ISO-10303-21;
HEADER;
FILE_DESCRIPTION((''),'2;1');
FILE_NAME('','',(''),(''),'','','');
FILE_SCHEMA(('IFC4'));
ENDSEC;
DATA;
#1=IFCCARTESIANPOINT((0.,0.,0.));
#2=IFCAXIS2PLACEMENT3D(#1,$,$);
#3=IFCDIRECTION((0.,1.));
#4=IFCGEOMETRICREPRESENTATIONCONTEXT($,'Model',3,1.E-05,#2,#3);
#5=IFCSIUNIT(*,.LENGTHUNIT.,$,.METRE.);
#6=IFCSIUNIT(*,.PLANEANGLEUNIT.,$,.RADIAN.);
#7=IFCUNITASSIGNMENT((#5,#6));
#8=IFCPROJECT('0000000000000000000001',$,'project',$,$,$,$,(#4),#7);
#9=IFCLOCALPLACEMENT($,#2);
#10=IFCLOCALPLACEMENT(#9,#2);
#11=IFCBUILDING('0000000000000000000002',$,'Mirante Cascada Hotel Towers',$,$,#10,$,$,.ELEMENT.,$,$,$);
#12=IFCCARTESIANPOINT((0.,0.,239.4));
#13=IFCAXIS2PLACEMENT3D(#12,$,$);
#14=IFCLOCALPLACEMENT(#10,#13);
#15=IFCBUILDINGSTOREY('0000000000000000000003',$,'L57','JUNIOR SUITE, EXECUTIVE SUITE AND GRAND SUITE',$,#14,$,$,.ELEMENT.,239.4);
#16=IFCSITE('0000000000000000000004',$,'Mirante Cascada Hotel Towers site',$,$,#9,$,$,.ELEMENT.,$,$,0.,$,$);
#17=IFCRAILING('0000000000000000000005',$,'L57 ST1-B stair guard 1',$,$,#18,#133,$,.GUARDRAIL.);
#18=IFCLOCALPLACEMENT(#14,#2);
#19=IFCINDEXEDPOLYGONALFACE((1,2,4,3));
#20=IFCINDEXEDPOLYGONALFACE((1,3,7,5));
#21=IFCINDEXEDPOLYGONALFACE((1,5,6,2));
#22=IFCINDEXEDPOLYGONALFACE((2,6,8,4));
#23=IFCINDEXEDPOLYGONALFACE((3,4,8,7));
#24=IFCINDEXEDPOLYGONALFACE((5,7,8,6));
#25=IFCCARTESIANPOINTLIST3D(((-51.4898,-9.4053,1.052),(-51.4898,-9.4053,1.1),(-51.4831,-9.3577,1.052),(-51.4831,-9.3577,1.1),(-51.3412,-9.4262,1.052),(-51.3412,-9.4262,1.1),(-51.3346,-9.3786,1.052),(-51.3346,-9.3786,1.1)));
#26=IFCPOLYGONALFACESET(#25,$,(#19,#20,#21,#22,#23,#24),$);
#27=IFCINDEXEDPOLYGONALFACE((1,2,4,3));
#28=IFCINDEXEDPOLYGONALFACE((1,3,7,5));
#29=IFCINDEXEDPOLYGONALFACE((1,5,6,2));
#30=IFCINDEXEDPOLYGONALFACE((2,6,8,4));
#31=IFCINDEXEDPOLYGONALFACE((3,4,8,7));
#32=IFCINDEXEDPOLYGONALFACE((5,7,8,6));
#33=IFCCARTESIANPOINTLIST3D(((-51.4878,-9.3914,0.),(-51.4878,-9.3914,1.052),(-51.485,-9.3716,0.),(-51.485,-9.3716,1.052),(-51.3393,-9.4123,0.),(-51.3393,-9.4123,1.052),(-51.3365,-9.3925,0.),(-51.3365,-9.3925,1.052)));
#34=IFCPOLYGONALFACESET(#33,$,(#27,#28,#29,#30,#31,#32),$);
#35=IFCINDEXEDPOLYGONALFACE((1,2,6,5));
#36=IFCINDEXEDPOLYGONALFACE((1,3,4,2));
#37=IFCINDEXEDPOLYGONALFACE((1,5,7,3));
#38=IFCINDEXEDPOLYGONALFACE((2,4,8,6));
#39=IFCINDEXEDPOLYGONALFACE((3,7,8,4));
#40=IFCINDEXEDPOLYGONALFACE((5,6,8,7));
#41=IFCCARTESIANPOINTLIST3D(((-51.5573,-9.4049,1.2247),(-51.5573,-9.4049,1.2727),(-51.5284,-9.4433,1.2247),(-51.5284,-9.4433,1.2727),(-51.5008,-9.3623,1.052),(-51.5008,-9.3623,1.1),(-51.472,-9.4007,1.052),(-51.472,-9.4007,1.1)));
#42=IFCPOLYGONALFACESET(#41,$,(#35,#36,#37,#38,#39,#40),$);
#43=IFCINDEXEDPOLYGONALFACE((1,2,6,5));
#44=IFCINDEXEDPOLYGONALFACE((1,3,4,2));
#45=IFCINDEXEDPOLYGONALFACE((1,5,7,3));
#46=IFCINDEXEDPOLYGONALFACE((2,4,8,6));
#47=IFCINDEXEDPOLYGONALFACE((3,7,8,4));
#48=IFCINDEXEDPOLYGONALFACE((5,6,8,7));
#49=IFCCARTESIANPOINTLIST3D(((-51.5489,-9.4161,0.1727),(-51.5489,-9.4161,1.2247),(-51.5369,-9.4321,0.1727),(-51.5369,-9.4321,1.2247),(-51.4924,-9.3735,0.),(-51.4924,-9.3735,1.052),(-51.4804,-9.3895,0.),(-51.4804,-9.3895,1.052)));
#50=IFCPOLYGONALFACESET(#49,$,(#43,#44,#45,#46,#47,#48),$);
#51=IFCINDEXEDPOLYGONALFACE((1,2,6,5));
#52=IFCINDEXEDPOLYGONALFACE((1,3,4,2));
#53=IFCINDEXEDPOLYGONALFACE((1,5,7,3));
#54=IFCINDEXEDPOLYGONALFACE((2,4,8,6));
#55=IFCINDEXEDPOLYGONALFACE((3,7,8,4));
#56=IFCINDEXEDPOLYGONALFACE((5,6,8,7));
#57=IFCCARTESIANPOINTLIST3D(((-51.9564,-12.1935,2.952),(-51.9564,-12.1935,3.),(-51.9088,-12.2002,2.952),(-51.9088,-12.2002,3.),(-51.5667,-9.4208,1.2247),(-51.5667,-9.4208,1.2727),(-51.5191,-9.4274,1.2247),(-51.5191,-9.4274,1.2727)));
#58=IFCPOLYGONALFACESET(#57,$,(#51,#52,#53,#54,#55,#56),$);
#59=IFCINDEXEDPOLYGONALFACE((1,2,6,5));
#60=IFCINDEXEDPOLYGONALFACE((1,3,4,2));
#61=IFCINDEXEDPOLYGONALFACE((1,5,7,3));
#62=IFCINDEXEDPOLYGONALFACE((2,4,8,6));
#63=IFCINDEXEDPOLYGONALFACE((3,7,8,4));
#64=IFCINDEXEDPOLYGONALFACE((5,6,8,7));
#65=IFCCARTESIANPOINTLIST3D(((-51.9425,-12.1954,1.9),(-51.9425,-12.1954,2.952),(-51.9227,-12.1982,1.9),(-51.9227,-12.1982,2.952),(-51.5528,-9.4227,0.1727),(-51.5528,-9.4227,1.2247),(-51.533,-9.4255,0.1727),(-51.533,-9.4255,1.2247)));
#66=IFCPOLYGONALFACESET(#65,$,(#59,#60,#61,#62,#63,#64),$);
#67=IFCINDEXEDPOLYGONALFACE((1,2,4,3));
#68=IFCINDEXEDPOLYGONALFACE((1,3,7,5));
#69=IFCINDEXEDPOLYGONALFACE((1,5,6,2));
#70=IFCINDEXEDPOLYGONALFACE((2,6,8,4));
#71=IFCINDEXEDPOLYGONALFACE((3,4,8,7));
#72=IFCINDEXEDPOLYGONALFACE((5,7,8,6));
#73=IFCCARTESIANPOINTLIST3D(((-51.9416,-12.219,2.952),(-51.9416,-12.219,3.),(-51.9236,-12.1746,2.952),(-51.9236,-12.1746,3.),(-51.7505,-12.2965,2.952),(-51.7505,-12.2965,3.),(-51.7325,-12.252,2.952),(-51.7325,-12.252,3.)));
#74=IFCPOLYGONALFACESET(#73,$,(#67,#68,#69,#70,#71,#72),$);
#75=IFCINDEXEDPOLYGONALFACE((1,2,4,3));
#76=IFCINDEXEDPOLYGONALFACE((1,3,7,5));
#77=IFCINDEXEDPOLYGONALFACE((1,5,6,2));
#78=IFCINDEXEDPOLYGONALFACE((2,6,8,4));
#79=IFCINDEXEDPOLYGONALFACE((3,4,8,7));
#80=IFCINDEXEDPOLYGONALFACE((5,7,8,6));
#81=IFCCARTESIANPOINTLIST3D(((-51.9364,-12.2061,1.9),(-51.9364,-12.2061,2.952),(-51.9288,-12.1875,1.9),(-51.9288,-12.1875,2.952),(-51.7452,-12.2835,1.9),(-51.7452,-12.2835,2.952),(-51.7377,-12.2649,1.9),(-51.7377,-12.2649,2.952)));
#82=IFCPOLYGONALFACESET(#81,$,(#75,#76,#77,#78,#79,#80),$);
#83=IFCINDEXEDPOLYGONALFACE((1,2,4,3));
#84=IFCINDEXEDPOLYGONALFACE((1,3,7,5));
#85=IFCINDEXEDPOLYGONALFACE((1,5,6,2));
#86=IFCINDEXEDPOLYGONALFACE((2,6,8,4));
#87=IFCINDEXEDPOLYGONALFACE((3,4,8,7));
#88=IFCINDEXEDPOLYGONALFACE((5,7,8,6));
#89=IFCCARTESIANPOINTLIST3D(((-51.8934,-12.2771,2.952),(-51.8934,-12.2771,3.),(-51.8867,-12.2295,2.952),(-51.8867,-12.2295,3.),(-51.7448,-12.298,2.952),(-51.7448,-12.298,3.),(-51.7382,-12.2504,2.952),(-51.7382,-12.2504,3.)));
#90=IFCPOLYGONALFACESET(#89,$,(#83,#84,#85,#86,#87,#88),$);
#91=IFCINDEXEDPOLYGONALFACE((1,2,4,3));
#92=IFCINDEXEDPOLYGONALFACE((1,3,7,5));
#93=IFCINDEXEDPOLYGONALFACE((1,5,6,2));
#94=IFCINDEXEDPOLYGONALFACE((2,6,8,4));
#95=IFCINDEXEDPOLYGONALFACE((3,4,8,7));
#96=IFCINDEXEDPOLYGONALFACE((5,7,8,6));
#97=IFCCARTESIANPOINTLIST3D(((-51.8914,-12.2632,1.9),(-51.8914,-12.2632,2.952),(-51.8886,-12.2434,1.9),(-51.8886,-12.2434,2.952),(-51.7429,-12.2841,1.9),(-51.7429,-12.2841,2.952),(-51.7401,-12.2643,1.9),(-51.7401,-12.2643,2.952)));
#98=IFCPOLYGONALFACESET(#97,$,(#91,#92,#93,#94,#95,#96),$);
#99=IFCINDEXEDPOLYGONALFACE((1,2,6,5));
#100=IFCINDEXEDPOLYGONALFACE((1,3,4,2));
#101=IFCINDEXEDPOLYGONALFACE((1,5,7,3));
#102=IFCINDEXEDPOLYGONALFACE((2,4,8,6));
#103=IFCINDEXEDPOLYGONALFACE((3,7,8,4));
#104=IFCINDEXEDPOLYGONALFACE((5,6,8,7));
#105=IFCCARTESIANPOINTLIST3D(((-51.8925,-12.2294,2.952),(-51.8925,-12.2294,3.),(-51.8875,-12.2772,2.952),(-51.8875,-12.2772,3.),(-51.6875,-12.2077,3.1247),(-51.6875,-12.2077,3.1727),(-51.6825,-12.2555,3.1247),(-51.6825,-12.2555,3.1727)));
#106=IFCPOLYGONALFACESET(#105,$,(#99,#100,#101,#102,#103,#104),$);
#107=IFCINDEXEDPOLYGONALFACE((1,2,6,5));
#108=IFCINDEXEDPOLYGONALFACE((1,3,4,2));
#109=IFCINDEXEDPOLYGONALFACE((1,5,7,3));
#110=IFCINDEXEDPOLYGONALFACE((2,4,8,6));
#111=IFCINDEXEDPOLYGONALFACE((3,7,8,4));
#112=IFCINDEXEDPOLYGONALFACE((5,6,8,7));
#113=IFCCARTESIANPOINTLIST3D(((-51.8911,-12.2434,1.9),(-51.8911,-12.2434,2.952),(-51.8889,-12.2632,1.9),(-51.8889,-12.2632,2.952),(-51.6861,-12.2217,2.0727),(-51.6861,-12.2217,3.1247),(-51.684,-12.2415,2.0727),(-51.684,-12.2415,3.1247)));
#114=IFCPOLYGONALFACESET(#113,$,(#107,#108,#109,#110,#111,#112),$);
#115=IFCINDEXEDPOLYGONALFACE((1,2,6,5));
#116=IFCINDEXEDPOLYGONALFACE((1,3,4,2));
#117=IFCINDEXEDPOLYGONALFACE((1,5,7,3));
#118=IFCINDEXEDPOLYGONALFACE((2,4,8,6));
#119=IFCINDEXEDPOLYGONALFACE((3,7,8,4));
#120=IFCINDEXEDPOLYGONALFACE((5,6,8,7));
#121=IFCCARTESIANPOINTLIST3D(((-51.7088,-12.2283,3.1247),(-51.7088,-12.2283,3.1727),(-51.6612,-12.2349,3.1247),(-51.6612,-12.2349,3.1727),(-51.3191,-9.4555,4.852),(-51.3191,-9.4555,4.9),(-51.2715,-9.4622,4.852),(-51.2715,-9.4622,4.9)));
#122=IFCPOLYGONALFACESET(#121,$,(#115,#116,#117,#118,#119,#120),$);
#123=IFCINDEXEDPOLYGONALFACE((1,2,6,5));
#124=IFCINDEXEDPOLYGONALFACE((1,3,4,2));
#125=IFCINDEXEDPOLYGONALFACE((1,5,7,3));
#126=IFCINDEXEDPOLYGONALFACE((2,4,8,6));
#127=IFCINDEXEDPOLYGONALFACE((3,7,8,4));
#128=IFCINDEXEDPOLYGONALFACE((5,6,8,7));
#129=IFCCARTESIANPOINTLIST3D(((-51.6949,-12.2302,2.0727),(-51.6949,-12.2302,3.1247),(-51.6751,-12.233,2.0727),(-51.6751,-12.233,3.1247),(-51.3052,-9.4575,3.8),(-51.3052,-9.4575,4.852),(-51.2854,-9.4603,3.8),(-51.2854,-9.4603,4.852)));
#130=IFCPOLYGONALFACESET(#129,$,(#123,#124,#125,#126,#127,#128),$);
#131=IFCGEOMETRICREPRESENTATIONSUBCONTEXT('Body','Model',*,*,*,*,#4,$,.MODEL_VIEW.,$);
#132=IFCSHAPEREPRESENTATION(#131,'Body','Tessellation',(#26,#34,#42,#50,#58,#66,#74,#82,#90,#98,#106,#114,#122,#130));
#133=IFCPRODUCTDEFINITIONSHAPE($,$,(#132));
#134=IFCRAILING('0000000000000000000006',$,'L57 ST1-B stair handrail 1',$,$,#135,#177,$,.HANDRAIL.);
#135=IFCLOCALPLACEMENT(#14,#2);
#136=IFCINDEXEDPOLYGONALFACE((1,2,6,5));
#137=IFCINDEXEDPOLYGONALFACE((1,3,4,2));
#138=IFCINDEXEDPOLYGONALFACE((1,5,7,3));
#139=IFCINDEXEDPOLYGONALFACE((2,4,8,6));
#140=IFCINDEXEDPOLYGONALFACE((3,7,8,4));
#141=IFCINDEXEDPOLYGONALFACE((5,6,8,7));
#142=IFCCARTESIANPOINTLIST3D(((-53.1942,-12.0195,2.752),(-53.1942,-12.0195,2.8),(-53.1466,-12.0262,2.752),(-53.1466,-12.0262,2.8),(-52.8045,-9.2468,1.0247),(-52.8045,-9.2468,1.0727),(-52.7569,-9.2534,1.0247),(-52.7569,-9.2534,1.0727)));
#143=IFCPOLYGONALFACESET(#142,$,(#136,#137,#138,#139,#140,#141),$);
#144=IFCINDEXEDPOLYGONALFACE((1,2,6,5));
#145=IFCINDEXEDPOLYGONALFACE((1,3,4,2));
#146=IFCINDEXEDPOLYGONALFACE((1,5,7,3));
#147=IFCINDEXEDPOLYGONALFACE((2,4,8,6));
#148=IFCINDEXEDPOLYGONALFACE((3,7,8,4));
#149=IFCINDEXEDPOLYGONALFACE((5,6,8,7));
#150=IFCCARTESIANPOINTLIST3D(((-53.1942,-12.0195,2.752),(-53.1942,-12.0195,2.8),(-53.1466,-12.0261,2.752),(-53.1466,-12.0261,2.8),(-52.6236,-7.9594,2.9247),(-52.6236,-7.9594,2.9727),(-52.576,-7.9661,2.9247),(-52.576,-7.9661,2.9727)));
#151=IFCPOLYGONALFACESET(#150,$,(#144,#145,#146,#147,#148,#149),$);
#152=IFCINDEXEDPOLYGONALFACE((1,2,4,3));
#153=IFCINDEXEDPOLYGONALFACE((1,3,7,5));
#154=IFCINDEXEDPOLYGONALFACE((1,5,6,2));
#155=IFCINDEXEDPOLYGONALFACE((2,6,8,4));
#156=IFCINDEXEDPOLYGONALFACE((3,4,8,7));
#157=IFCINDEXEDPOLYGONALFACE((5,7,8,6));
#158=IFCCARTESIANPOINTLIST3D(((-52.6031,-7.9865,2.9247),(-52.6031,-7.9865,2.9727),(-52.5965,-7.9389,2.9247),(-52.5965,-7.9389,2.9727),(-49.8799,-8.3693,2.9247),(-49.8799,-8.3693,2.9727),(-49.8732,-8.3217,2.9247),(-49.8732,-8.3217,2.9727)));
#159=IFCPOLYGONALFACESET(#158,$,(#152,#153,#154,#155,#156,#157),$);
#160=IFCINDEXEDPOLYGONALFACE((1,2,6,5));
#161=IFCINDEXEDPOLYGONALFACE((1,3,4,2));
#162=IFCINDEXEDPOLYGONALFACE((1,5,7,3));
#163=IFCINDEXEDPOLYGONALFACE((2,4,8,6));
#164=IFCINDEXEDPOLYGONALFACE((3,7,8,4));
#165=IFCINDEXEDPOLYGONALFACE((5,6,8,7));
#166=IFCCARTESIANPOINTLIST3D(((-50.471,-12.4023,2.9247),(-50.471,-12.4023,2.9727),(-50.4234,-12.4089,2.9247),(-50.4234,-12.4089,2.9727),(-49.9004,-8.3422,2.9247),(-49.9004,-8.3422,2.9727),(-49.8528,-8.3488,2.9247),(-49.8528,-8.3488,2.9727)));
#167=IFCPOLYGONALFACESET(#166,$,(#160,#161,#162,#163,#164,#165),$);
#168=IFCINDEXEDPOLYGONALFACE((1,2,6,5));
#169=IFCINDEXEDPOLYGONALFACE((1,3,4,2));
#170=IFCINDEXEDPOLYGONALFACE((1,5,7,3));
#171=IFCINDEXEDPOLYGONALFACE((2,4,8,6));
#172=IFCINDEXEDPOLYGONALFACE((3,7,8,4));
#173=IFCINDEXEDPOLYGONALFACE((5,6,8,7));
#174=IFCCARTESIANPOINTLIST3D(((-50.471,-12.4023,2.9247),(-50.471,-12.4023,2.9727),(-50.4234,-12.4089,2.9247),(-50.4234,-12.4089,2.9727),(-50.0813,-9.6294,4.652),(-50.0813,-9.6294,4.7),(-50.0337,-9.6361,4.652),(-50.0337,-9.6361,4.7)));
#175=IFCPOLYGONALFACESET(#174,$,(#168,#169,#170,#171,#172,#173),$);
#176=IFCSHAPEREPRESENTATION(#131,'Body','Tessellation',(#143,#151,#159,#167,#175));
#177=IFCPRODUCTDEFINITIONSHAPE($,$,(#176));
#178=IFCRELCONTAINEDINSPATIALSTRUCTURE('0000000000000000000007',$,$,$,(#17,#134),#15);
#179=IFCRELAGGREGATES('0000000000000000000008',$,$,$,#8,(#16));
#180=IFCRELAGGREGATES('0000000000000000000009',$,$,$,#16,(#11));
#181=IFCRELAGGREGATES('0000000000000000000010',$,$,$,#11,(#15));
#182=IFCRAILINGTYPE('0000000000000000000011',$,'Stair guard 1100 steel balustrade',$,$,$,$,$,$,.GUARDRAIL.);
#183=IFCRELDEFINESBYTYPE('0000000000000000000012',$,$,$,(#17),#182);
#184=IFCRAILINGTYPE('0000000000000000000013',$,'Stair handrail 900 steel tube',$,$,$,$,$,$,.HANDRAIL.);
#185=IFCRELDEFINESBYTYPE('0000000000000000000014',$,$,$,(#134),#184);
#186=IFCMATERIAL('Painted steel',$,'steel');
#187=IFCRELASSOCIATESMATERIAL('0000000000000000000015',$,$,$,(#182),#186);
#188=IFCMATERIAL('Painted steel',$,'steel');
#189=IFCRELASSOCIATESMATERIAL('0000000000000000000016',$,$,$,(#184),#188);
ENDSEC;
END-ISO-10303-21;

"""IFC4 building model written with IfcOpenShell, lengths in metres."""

from ifc_helpers import new_model, si_unit, direction, frame, origin, origin_2d, place, context, subcontext, project, spatial, rectangle, extrude, material, type_object, element, save


model = new_model("IFC4")

# Units and contexts
model_context = context("Model", 3, precision=1e-05, world=origin(), true_north=direction((0.0, 1.0)))
body_context = subcontext(model_context, "Body", "Model", "MODEL_VIEW")
ifc_project = project(units=[si_unit("LENGTHUNIT", "METRE"), si_unit("PLANEANGLEUNIT", "RADIAN")], contexts=[model_context])

# Site, building, storey
site_placement = place(None, origin())
site = spatial("IfcSite", under=ifc_project, at=site_placement, Name="Mirante Cascada Hotel Towers site", CompositionType="ELEMENT", RefElevation=0.0)
building_placement = place(site_placement, origin())
building = spatial("IfcBuilding", under=site, at=building_placement, Name="Mirante Cascada Hotel Towers", CompositionType="ELEMENT")
storey_placement = place(building_placement, frame((0.0, 0.0, 239.4)))
storey = spatial("IfcBuildingStorey", under=building, at=storey_placement, Name="L57", Description="JUNIOR SUITE, EXECUTIVE SUITE AND GRAND SUITE", CompositionType="ELEMENT", Elevation=239.4)

# Railings
ifc_material_1 = material(Name="Painted steel", Category="steel")
railing_type_1 = type_object("IfcRailingType", Name="Stair guard 1100 steel balustrade", PredefinedType="GUARDRAIL", material=ifc_material_1)
railing_1_placement = place(storey_placement, frame((-51.3379, -9.4024, 0.0)))
element("IfcRailing", 1, at=railing_1_placement, inside=storey, type_object=railing_type_1, Name="L57 ST1-B stair guard 1", PredefinedType="GUARDRAIL", context=body_context, shape_type="SweptSolid", body=[
    extrude(rectangle(XDim=0.048, YDim=0.048, at=origin_2d()), frame((0.0, 0.0, 1.076), z_axis=(-0.990241, 0.139367, 0.0), x_axis=(-0.139367, -0.990241, 0.0)), (0.0, 0.0, 1.0), 0.15),
    extrude(rectangle(XDim=0.02, YDim=1.052, at=origin_2d()), frame((0.0, 0.0, 0.526), z_axis=(-0.990241, 0.139367, 0.0), x_axis=(-0.139367, -0.990241, 0.0)), (0.0, 0.0, 1.0), 0.15),
    extrude(rectangle(XDim=0.048, YDim=0.048, at=origin_2d()), frame((-0.1485, 0.0209, 1.076), z_axis=(-0.798471, -0.602033, 0.0), x_axis=(0.602033, -0.798471, 0.0)), (0.0, 0.92534, 0.379139), 0.1866),
    extrude(rectangle(XDim=0.02, YDim=1.052, at=origin_2d()), frame((-0.1485, 0.0209, 0.526), z_axis=(-0.798471, -0.602033, 0.0), x_axis=(0.602033, -0.798471, 0.0)), (0.0, 0.92534, 0.379139), 0.1866),
    extrude(rectangle(XDim=0.048, YDim=0.048, at=origin_2d()), frame((-0.205, -0.0217, 1.2487), z_axis=(-0.139181, -0.990267, 0.0), x_axis=(0.990267, -0.139181, 0.0)), (0.0, 0.525035, 0.851081), 3.2899),
    extrude(rectangle(XDim=0.02, YDim=1.052, at=origin_2d()), frame((-0.205, -0.0217, 0.6987), z_axis=(-0.139181, -0.990267, 0.0), x_axis=(0.990267, -0.139181, 0.0)), (0.0, 0.525035, 0.851081), 3.2899),
    extrude(rectangle(XDim=0.048, YDim=0.048, at=origin_2d()), frame((-0.5947, -2.7944, 2.976), z_axis=(0.926862, -0.375401, 0.0), x_axis=(0.375401, 0.926862, 0.0)), (0.0, 0.0, 1.0), 0.2062),
    extrude(rectangle(XDim=0.02, YDim=1.052, at=origin_2d()), frame((-0.5947, -2.7944, 2.426), z_axis=(0.926862, -0.375401, 0.0), x_axis=(0.375401, 0.926862, 0.0)), (0.0, 0.0, 1.0), 0.2062),
    extrude(rectangle(XDim=0.048, YDim=0.048, at=origin_2d()), frame((-0.4036, -2.8718, 2.976), z_axis=(-0.990241, 0.139367, 0.0), x_axis=(-0.139367, -0.990241, 0.0)), (0.0, 0.0, 1.0), 0.15),
    extrude(rectangle(XDim=0.02, YDim=1.052, at=origin_2d()), frame((-0.4036, -2.8718, 2.426), z_axis=(-0.990241, 0.139367, 0.0), x_axis=(-0.139367, -0.990241, 0.0)), (0.0, 0.0, 1.0), 0.15),
    extrude(rectangle(XDim=0.048, YDim=0.048, at=origin_2d()), frame((-0.5521, -2.8509, 2.976), z_axis=(0.994444, 0.105266, 0.0), x_axis=(-0.105266, 0.994444, 0.0)), (0.0, 0.642184, 0.76655), 0.2689),
    extrude(rectangle(XDim=0.02, YDim=1.052, at=origin_2d()), frame((-0.5521, -2.8509, 2.426), z_axis=(0.994444, 0.105266, 0.0), x_axis=(-0.105266, 0.994444, 0.0)), (0.0, 0.642184, 0.76655), 0.2689),
    extrude(rectangle(XDim=0.048, YDim=0.048, at=origin_2d()), frame((-0.3471, -2.8292, 3.1487), z_axis=(0.139181, 0.990267, 0.0), x_axis=(-0.990267, 0.139181, 0.0)), (0.0, 0.525035, 0.851081), 3.2899),
    extrude(rectangle(XDim=0.02, YDim=1.052, at=origin_2d()), frame((-0.3471, -2.8292, 2.5987), z_axis=(0.139181, 0.990267, 0.0), x_axis=(-0.990267, 0.139181, 0.0)), (0.0, 0.525035, 0.851081), 3.2899),
])
ifc_material_2 = material(Name="Painted steel", Category="steel")
railing_type_2 = type_object("IfcRailingType", Name="Stair handrail 900 steel tube", PredefinedType="HANDRAIL", material=ifc_material_2)
railing_2_placement = place(storey_placement, frame((-52.7807, -9.2501, 0.1727)))
element("IfcRailing", 2, at=railing_2_placement, inside=storey, type_object=railing_type_2, Name="L57 ST1-B stair handrail 1", PredefinedType="HANDRAIL", context=body_context, shape_type="SweptSolid", body=[
    extrude(rectangle(XDim=0.048, YDim=0.048, at=origin_2d()), frame((0.0, 0.0, 0.876), z_axis=(-0.139181, -0.990267, 0.0), x_axis=(0.990267, -0.139181, 0.0)), (0.0, 0.525035, 0.851081), 3.2899),
    extrude(rectangle(XDim=0.048, YDim=0.048, at=origin_2d()), frame((-0.3897, -2.7727, 2.6033), z_axis=(0.139171, 0.990268, 0.0), x_axis=(-0.990268, 0.139171, 0.0)), (0.0, 0.042085, 0.999114), 4.1036),
    extrude(rectangle(XDim=0.048, YDim=0.048, at=origin_2d()), frame((0.1809, 1.2874, 2.776), z_axis=(0.990264, -0.139201, 0.0), x_axis=(0.139201, 0.990264, 0.0)), (0.0, 0.0, 1.0), 2.75),
    extrude(rectangle(XDim=0.048, YDim=0.048, at=origin_2d()), frame((2.9041, 0.9046, 2.776), z_axis=(-0.139171, -0.990268, 0.0), x_axis=(0.990268, -0.139171, 0.0)), (0.0, 0.0, 1.0), 4.1),
    extrude(rectangle(XDim=0.048, YDim=0.048, at=origin_2d()), frame((2.3335, -3.1555, 2.776), z_axis=(0.139176, 0.990268, 0.0), x_axis=(-0.990268, 0.139176, 0.0)), (0.0, 0.525021, 0.851089), 3.29),
])

save(model, "model.ifc")
